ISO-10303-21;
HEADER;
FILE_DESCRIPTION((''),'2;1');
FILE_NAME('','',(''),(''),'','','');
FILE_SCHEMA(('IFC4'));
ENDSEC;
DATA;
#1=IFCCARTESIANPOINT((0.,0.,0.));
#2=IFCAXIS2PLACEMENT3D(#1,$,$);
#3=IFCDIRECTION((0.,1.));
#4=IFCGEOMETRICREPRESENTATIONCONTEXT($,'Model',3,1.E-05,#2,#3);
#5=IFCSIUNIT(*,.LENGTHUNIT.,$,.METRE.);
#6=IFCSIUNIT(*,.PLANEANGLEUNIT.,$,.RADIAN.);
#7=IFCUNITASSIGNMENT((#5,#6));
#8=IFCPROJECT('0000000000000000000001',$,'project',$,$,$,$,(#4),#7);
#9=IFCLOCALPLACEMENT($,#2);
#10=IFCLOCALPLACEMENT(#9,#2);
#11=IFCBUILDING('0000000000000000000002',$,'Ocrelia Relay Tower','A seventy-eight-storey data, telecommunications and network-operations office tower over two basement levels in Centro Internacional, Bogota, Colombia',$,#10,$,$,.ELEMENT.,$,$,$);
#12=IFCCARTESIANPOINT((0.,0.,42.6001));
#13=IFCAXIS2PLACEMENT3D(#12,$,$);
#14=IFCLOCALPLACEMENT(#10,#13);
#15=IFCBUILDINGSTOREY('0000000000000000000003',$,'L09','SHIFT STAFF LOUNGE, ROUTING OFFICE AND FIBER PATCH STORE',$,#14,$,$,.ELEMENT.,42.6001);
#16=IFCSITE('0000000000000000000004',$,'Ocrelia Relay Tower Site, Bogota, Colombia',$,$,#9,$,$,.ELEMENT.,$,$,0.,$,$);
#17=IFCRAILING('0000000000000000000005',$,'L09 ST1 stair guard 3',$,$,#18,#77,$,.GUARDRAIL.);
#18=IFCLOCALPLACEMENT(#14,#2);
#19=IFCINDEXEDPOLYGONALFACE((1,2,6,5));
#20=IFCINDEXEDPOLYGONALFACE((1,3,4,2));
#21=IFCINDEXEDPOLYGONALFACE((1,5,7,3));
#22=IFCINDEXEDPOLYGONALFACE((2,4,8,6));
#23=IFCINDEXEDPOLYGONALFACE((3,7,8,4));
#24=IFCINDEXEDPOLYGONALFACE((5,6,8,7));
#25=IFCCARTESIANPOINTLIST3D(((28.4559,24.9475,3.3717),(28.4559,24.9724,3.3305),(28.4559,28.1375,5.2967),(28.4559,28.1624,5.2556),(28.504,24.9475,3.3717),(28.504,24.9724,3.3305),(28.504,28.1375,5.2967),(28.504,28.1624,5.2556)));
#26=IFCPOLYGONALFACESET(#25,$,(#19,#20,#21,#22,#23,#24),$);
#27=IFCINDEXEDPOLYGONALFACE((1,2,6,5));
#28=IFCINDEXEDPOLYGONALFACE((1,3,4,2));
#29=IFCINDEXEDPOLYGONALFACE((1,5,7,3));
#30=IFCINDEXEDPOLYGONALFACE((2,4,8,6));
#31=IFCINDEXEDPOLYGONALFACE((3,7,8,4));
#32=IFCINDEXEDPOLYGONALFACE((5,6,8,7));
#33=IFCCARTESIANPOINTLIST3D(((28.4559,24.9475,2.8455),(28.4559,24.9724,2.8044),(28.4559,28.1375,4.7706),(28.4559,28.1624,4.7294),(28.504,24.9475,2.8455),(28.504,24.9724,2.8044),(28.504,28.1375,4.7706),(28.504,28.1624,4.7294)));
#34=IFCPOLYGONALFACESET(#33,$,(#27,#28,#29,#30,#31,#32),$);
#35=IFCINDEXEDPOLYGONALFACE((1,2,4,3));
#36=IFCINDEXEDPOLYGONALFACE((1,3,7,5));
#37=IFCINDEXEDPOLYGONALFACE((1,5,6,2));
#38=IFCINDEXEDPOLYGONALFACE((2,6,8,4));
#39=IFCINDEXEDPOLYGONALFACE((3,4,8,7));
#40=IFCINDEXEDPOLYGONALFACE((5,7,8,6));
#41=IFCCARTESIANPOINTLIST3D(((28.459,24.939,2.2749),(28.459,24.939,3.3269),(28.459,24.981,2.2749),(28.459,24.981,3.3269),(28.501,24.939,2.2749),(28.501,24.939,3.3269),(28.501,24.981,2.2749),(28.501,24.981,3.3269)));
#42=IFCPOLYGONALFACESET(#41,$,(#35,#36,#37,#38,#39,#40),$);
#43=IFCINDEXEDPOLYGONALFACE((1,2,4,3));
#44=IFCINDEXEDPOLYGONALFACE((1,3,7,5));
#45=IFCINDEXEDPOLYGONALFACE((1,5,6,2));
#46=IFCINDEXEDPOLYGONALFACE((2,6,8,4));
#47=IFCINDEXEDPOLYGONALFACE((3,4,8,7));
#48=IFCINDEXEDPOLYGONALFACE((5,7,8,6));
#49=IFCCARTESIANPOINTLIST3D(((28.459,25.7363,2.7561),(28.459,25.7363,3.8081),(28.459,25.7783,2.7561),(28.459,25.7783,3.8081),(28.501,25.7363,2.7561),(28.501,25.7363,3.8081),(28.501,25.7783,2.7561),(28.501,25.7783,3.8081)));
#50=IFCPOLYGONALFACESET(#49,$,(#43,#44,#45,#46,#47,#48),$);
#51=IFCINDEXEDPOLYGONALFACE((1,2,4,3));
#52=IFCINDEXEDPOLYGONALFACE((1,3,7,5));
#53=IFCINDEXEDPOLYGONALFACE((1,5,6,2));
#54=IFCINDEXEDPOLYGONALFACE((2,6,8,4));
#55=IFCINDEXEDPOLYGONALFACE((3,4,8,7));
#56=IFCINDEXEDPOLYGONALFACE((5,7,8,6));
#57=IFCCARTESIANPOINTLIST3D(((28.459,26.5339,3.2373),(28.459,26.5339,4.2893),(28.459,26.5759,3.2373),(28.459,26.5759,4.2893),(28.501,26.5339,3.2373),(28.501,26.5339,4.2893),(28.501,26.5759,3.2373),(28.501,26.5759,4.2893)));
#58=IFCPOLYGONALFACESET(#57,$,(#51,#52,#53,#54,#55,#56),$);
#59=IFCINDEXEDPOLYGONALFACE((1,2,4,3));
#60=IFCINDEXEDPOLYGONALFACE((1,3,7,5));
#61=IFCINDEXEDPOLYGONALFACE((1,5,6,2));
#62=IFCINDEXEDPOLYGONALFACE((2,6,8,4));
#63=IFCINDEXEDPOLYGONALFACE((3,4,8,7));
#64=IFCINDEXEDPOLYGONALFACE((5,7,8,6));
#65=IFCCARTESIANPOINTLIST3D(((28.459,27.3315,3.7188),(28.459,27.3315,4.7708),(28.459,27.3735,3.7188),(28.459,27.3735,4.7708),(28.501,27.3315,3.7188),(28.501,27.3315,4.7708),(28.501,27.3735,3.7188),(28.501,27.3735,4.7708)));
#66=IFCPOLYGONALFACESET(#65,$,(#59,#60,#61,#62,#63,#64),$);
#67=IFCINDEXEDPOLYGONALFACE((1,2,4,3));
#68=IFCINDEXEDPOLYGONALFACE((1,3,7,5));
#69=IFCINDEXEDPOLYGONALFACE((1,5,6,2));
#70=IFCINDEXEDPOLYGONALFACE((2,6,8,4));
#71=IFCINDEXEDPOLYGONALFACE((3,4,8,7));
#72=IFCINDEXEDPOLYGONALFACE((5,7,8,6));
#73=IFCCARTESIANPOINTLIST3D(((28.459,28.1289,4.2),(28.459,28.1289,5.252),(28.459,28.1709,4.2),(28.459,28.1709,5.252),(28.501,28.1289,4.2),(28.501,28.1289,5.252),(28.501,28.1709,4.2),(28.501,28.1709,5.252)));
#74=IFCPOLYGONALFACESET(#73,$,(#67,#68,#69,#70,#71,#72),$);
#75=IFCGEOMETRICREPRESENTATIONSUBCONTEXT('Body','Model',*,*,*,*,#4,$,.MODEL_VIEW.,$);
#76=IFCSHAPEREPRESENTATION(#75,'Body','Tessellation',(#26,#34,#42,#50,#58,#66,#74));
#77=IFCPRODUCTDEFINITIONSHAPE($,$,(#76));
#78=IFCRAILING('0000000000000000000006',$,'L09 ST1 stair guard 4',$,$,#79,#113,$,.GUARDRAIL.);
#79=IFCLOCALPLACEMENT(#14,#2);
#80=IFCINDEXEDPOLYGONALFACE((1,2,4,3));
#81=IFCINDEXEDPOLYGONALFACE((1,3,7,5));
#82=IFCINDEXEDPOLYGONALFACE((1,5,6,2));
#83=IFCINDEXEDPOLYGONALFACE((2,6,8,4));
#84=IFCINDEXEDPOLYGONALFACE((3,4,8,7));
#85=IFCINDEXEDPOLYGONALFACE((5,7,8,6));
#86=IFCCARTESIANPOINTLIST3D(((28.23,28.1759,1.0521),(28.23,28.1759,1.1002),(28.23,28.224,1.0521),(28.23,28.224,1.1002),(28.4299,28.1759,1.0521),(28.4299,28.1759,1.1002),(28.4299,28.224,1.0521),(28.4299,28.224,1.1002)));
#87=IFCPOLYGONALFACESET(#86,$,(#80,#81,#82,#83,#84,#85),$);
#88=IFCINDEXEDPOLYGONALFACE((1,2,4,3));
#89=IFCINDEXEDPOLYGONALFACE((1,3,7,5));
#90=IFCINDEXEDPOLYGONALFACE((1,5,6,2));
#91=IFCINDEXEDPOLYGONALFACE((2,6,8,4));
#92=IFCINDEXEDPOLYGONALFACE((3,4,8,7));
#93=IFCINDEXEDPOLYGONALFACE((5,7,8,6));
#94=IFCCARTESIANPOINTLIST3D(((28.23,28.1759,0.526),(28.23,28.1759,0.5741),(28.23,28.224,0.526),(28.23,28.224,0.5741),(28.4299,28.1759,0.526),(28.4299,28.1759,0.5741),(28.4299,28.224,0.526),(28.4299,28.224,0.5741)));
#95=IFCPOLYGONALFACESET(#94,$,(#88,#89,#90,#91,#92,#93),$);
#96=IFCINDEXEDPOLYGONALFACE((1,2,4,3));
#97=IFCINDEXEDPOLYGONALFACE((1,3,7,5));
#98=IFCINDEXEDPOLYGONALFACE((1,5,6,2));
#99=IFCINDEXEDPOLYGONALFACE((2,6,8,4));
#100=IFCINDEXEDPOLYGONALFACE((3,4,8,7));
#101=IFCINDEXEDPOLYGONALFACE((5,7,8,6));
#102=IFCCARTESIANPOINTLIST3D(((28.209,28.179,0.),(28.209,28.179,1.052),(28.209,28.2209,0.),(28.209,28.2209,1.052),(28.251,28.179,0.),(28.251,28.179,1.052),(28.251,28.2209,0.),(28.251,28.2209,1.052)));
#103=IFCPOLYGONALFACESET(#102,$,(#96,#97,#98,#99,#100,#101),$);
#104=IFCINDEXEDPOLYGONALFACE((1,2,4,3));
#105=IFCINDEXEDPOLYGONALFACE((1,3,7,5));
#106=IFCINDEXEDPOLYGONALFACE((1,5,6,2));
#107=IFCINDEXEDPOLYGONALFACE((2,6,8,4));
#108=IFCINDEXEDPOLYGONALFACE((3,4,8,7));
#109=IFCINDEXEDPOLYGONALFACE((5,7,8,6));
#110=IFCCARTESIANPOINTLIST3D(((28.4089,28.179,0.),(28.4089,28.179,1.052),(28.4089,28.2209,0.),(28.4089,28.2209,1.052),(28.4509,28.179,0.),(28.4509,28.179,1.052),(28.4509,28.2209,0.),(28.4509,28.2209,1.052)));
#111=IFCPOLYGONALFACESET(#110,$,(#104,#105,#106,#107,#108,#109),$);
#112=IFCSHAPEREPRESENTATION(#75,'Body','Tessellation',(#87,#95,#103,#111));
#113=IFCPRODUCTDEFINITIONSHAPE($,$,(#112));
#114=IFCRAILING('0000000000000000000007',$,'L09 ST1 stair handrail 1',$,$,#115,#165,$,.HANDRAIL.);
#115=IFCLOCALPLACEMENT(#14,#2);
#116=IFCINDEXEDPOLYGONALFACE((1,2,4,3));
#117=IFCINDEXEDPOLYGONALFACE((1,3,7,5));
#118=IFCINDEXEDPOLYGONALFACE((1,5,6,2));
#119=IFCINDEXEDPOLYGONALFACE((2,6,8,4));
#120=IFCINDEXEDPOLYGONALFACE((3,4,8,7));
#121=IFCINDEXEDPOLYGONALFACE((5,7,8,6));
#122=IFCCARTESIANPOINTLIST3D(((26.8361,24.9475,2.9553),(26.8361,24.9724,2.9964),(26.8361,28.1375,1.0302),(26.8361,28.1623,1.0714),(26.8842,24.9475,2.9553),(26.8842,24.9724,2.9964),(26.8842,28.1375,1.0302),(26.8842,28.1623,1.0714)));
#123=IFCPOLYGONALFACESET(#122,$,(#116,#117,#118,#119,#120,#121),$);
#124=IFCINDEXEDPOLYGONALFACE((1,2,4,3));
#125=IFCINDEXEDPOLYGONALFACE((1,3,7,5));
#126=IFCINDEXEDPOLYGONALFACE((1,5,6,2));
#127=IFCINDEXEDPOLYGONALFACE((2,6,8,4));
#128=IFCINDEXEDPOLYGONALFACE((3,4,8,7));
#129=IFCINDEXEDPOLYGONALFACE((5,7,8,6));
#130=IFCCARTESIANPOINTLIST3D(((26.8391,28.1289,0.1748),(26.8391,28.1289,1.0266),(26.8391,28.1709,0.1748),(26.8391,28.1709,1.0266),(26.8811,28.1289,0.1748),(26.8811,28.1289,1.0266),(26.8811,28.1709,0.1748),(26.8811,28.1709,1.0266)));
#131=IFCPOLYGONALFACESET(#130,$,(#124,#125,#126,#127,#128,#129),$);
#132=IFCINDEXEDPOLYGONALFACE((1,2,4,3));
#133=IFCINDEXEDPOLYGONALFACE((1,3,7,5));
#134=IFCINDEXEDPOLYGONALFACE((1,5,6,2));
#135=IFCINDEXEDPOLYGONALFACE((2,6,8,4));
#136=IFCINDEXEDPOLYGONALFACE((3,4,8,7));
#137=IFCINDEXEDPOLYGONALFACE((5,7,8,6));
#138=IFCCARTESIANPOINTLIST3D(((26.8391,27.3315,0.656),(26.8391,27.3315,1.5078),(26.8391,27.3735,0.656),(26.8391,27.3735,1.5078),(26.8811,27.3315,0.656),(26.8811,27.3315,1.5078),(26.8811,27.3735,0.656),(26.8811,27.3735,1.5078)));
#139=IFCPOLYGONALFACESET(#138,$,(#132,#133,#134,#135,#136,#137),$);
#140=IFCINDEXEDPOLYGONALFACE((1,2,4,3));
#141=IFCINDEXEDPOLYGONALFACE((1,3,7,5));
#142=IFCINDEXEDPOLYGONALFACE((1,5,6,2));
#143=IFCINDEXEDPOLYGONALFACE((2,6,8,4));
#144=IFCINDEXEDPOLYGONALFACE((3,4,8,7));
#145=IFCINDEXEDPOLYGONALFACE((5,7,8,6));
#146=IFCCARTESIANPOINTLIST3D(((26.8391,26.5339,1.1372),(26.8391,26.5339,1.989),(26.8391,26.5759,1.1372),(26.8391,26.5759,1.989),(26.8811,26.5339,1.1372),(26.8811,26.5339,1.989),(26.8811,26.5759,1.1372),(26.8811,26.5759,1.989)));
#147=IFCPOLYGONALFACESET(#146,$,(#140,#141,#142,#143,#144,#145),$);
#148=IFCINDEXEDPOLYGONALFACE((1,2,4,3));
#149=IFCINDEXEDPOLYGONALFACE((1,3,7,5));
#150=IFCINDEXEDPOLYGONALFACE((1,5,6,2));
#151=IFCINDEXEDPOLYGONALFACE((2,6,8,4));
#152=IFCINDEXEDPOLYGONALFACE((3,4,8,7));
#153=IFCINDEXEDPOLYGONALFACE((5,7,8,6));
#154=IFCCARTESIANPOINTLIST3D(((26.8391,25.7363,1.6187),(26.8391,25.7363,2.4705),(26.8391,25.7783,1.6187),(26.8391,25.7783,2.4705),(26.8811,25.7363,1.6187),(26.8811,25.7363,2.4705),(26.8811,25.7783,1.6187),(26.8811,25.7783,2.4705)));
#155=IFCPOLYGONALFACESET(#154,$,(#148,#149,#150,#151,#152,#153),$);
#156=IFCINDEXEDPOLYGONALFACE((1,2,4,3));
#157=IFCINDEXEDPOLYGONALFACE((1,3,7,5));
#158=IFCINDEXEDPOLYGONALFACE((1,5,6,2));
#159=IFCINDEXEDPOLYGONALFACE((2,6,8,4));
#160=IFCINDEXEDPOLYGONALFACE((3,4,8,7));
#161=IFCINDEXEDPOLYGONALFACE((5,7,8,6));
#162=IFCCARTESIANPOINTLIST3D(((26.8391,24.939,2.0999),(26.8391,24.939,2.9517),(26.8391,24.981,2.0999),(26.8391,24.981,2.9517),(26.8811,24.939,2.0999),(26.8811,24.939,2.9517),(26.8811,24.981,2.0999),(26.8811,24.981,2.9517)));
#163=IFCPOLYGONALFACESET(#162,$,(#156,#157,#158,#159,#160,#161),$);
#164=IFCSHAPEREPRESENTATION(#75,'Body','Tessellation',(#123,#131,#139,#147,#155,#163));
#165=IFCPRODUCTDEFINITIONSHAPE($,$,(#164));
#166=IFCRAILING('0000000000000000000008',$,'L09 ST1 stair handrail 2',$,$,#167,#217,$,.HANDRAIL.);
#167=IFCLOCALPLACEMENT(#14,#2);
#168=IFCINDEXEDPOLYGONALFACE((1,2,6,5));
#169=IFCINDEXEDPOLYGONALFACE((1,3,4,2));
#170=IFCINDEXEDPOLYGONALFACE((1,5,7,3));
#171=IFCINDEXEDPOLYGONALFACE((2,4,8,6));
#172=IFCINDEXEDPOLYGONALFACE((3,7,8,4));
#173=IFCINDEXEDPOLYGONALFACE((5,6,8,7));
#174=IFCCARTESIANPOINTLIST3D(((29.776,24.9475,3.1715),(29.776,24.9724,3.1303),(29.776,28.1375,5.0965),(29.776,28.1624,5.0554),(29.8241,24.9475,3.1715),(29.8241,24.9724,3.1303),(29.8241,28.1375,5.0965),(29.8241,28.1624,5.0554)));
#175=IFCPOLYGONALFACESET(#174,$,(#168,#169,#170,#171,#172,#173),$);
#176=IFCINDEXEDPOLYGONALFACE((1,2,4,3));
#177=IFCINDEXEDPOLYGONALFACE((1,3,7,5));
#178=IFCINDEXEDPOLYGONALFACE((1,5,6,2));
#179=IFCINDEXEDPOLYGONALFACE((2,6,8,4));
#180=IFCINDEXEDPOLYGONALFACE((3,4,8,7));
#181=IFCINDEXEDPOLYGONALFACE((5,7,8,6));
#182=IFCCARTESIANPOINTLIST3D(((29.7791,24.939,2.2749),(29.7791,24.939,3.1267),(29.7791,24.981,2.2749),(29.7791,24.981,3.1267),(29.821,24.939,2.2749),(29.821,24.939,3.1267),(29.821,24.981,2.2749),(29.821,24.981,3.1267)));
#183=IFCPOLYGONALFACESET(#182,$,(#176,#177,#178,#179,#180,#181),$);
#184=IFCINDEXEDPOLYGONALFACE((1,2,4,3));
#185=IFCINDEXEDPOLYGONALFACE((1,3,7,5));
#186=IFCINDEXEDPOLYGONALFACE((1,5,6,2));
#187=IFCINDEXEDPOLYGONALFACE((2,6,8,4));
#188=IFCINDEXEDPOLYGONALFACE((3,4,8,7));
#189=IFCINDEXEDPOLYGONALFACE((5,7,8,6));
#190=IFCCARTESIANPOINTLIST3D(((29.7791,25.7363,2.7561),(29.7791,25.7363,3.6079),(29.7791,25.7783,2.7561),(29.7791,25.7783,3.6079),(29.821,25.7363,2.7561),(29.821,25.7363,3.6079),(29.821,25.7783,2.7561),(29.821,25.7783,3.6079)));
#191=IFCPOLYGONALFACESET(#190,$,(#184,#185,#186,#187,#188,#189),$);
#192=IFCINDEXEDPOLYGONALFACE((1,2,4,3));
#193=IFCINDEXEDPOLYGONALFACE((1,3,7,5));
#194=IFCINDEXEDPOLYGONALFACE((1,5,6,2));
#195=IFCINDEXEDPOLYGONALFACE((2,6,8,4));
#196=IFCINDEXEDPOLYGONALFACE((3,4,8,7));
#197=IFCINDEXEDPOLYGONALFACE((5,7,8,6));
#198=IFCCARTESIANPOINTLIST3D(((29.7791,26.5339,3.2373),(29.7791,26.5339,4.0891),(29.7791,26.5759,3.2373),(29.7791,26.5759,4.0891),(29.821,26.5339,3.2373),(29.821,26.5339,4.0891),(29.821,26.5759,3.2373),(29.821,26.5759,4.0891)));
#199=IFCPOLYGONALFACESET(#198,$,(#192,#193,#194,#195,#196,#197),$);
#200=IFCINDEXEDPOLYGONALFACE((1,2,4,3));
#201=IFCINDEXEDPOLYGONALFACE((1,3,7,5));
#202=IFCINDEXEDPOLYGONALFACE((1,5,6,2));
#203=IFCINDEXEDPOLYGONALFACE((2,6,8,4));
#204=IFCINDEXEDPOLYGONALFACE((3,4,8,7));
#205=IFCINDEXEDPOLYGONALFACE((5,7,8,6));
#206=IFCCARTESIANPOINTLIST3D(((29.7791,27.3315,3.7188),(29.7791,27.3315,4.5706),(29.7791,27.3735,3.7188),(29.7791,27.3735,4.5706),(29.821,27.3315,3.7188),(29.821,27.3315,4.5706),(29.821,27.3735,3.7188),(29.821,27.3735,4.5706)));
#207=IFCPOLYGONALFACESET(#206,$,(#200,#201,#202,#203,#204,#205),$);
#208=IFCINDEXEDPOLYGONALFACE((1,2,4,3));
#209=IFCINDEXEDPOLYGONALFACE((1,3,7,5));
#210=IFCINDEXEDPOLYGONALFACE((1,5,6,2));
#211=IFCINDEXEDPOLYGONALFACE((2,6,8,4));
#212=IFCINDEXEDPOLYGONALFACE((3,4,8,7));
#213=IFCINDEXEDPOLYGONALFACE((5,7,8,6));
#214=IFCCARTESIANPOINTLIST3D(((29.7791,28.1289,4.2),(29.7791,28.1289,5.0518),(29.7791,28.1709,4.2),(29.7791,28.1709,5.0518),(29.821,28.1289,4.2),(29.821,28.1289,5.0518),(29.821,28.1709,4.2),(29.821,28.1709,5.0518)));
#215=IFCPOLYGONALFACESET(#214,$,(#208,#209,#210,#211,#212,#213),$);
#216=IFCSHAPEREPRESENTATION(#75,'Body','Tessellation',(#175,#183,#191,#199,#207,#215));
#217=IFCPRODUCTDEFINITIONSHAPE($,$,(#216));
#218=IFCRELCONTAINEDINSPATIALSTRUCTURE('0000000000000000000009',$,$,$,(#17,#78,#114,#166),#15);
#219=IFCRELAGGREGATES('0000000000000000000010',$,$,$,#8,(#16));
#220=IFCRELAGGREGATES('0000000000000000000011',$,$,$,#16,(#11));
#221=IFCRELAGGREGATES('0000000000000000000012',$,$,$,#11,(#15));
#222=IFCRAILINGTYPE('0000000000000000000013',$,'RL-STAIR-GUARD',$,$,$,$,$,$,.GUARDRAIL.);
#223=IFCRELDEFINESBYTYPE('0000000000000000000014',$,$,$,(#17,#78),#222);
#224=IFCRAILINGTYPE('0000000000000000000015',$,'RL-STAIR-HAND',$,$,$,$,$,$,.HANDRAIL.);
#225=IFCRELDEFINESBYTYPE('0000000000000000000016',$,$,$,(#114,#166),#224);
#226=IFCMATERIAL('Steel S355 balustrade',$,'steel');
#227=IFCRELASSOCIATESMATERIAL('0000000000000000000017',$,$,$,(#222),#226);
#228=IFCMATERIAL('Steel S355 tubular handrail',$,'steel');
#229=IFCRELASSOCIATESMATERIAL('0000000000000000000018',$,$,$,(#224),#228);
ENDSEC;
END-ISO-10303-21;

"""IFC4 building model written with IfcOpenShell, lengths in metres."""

from ifc_helpers import new_model, si_unit, direction, frame, origin, origin_2d, place, context, subcontext, project, spatial, rectangle, extrude, material, type_object, element, save


model = new_model("IFC4")

# Units and contexts
model_context = context("Model", 3, precision=1e-05, world=origin(), true_north=direction((0.0, 1.0)))
body_context = subcontext(model_context, "Body", "Model", "MODEL_VIEW")
ifc_project = project(units=[si_unit("LENGTHUNIT", "METRE"), si_unit("PLANEANGLEUNIT", "RADIAN")], contexts=[model_context])

# Site, building, storey
site_placement = place(None, origin())
site = spatial("IfcSite", under=ifc_project, at=site_placement, Name="Ocrelia Relay Tower Site, Bogota, Colombia", CompositionType="ELEMENT", RefElevation=0.0)
building_placement = place(site_placement, origin())
building = spatial("IfcBuilding", under=site, at=building_placement, Name="Ocrelia Relay Tower", Description="A seventy-eight-storey data, telecommunications and network-operations office tower over two basement levels in Centro Internacional, Bogota, Colombia", CompositionType="ELEMENT")
storey_placement = place(building_placement, frame((0.0, 0.0, 42.6001)))
storey = spatial("IfcBuildingStorey", under=building, at=storey_placement, Name="L09", Description="SHIFT STAFF LOUNGE, ROUTING OFFICE AND FIBER PATCH STORE", CompositionType="ELEMENT", Elevation=42.6001)

# Railings
ifc_material_1 = material(Name="Steel S355 balustrade", Category="steel")
railing_type_1 = type_object("IfcRailingType", Name="RL-STAIR-GUARD", PredefinedType="GUARDRAIL", material=ifc_material_1)
railing_1_placement = place(storey_placement, frame((28.48, 24.96, 2.2749)))
element("IfcRailing", 1, at=railing_1_placement, inside=storey, type_object=railing_type_1, Name="L09 ST1 stair guard 3", PredefinedType="GUARDRAIL", context=body_context, shape_type="SweptSolid", body=[
    extrude(rectangle(XDim=0.0481, YDim=0.0481, at=origin_2d()), frame((0.0, 0.0, 1.0762), z_axis=(0.0, 0.856178, 0.516682), x_axis=(-1.0, 0.0, 0.0)), (0.0, 0.0, 1.0), 3.7258),
    extrude(rectangle(XDim=0.0481, YDim=0.0481, at=origin_2d()), frame((0.0, 0.0, 0.55), z_axis=(0.0, 0.856178, 0.516682), x_axis=(-1.0, 0.0, 0.0)), (0.0, 0.0, 1.0), 3.7258),
    extrude(rectangle(XDim=0.042, YDim=0.042, at=origin_2d()), origin(), (0.0, 0.0, 1.0), 1.052),
    extrude(rectangle(XDim=0.042, YDim=0.042, at=origin_2d()), frame((0.0, 0.7974, 0.4812)), (0.0, 0.0, 1.0), 1.052),
    extrude(rectangle(XDim=0.042, YDim=0.042, at=origin_2d()), frame((0.0, 1.595, 0.9624)), (0.0, 0.0, 1.0), 1.052),
    extrude(rectangle(XDim=0.042, YDim=0.042, at=origin_2d()), frame((0.0, 2.3926, 1.4438)), (0.0, 0.0, 1.0), 1.052),
    extrude(rectangle(XDim=0.042, YDim=0.042, at=origin_2d()), frame((0.0, 3.1899, 1.925)), (0.0, 0.0, 1.0), 1.052),
])
railing_2_placement = place(storey_placement, frame((28.23, 28.2, 0.0)))
element("IfcRailing", 2, at=railing_2_placement, inside=storey, type_object=railing_type_1, Name="L09 ST1 stair guard 4", PredefinedType="GUARDRAIL", context=body_context, shape_type="SweptSolid", body=[
    extrude(rectangle(XDim=0.0481, YDim=0.0481, at=origin_2d()), frame((0.0, 0.0, 1.0762), z_axis=(1.0, 0.0, 0.0), x_axis=(0.0, 1.0, 0.0)), (0.0, 0.0, 1.0), 0.2),
    extrude(rectangle(XDim=0.0481, YDim=0.0481, at=origin_2d()), frame((0.0, 0.0, 0.55), z_axis=(1.0, 0.0, 0.0), x_axis=(0.0, 1.0, 0.0)), (0.0, 0.0, 1.0), 0.2),
    extrude(rectangle(XDim=0.042, YDim=0.042, at=origin_2d()), origin(), (0.0, 0.0, 1.0), 1.052),
    extrude(rectangle(XDim=0.042, YDim=0.042, at=origin_2d()), frame((0.2, 0.0, 0.0)), (0.0, 0.0, 1.0), 1.052),
])
ifc_material_2 = material(Name="Steel S355 tubular handrail", Category="steel")
railing_type_2 = type_object("IfcRailingType", Name="RL-STAIR-HAND", PredefinedType="HANDRAIL", material=ifc_material_2)
railing_3_placement = place(storey_placement, frame((26.8601, 28.1499, 0.1748)))
element("IfcRailing", 3, at=railing_3_placement, inside=storey, type_object=railing_type_2, Name="L09 ST1 stair handrail 1", PredefinedType="HANDRAIL", context=body_context, shape_type="SweptSolid", body=[
    extrude(rectangle(XDim=0.0481, YDim=0.0481, at=origin_2d()), frame((0.0, 0.0, 0.876), z_axis=(0.0, -0.856178, 0.516682), x_axis=(1.0, 0.0, 0.0)), (0.0, 0.0, 1.0), 3.7258),
    extrude(rectangle(XDim=0.042, YDim=0.042, at=origin_2d()), origin(), (0.0, 0.0, 1.0), 0.8518),
    extrude(rectangle(XDim=0.042, YDim=0.042, at=origin_2d()), frame((0.0, -0.7974, 0.4812)), (0.0, 0.0, 1.0), 0.8518),
    extrude(rectangle(XDim=0.042, YDim=0.042, at=origin_2d()), frame((0.0, -1.595, 0.9624)), (0.0, 0.0, 1.0), 0.8518),
    extrude(rectangle(XDim=0.042, YDim=0.042, at=origin_2d()), frame((0.0, -2.3926, 1.4438)), (0.0, 0.0, 1.0), 0.8518),
    extrude(rectangle(XDim=0.042, YDim=0.042, at=origin_2d()), frame((0.0, -3.1899, 1.925)), (0.0, 0.0, 1.0), 0.8518),
])
railing_4_placement = place(storey_placement, frame((29.8, 24.96, 2.2749)))
element("IfcRailing", 4, at=railing_4_placement, inside=storey, type_object=railing_type_2, Name="L09 ST1 stair handrail 2", PredefinedType="HANDRAIL", context=body_context, shape_type="SweptSolid", body=[
    extrude(rectangle(XDim=0.0481, YDim=0.0481, at=origin_2d()), frame((0.0, 0.0, 0.876), z_axis=(0.0, 0.856178, 0.516682), x_axis=(-1.0, 0.0, 0.0)), (0.0, 0.0, 1.0), 3.7258),
    extrude(rectangle(XDim=0.042, YDim=0.042, at=origin_2d()), origin(), (0.0, 0.0, 1.0), 0.8518),
    extrude(rectangle(XDim=0.042, YDim=0.042, at=origin_2d()), frame((0.0, 0.7974, 0.4812)), (0.0, 0.0, 1.0), 0.8518),
    extrude(rectangle(XDim=0.042, YDim=0.042, at=origin_2d()), frame((0.0, 1.595, 0.9624)), (0.0, 0.0, 1.0), 0.8518),
    extrude(rectangle(XDim=0.042, YDim=0.042, at=origin_2d()), frame((0.0, 2.3926, 1.4438)), (0.0, 0.0, 1.0), 0.8518),
    extrude(rectangle(XDim=0.042, YDim=0.042, at=origin_2d()), frame((0.0, 3.1899, 1.925)), (0.0, 0.0, 1.0), 0.8518),
])

save(model, "model.ifc")
